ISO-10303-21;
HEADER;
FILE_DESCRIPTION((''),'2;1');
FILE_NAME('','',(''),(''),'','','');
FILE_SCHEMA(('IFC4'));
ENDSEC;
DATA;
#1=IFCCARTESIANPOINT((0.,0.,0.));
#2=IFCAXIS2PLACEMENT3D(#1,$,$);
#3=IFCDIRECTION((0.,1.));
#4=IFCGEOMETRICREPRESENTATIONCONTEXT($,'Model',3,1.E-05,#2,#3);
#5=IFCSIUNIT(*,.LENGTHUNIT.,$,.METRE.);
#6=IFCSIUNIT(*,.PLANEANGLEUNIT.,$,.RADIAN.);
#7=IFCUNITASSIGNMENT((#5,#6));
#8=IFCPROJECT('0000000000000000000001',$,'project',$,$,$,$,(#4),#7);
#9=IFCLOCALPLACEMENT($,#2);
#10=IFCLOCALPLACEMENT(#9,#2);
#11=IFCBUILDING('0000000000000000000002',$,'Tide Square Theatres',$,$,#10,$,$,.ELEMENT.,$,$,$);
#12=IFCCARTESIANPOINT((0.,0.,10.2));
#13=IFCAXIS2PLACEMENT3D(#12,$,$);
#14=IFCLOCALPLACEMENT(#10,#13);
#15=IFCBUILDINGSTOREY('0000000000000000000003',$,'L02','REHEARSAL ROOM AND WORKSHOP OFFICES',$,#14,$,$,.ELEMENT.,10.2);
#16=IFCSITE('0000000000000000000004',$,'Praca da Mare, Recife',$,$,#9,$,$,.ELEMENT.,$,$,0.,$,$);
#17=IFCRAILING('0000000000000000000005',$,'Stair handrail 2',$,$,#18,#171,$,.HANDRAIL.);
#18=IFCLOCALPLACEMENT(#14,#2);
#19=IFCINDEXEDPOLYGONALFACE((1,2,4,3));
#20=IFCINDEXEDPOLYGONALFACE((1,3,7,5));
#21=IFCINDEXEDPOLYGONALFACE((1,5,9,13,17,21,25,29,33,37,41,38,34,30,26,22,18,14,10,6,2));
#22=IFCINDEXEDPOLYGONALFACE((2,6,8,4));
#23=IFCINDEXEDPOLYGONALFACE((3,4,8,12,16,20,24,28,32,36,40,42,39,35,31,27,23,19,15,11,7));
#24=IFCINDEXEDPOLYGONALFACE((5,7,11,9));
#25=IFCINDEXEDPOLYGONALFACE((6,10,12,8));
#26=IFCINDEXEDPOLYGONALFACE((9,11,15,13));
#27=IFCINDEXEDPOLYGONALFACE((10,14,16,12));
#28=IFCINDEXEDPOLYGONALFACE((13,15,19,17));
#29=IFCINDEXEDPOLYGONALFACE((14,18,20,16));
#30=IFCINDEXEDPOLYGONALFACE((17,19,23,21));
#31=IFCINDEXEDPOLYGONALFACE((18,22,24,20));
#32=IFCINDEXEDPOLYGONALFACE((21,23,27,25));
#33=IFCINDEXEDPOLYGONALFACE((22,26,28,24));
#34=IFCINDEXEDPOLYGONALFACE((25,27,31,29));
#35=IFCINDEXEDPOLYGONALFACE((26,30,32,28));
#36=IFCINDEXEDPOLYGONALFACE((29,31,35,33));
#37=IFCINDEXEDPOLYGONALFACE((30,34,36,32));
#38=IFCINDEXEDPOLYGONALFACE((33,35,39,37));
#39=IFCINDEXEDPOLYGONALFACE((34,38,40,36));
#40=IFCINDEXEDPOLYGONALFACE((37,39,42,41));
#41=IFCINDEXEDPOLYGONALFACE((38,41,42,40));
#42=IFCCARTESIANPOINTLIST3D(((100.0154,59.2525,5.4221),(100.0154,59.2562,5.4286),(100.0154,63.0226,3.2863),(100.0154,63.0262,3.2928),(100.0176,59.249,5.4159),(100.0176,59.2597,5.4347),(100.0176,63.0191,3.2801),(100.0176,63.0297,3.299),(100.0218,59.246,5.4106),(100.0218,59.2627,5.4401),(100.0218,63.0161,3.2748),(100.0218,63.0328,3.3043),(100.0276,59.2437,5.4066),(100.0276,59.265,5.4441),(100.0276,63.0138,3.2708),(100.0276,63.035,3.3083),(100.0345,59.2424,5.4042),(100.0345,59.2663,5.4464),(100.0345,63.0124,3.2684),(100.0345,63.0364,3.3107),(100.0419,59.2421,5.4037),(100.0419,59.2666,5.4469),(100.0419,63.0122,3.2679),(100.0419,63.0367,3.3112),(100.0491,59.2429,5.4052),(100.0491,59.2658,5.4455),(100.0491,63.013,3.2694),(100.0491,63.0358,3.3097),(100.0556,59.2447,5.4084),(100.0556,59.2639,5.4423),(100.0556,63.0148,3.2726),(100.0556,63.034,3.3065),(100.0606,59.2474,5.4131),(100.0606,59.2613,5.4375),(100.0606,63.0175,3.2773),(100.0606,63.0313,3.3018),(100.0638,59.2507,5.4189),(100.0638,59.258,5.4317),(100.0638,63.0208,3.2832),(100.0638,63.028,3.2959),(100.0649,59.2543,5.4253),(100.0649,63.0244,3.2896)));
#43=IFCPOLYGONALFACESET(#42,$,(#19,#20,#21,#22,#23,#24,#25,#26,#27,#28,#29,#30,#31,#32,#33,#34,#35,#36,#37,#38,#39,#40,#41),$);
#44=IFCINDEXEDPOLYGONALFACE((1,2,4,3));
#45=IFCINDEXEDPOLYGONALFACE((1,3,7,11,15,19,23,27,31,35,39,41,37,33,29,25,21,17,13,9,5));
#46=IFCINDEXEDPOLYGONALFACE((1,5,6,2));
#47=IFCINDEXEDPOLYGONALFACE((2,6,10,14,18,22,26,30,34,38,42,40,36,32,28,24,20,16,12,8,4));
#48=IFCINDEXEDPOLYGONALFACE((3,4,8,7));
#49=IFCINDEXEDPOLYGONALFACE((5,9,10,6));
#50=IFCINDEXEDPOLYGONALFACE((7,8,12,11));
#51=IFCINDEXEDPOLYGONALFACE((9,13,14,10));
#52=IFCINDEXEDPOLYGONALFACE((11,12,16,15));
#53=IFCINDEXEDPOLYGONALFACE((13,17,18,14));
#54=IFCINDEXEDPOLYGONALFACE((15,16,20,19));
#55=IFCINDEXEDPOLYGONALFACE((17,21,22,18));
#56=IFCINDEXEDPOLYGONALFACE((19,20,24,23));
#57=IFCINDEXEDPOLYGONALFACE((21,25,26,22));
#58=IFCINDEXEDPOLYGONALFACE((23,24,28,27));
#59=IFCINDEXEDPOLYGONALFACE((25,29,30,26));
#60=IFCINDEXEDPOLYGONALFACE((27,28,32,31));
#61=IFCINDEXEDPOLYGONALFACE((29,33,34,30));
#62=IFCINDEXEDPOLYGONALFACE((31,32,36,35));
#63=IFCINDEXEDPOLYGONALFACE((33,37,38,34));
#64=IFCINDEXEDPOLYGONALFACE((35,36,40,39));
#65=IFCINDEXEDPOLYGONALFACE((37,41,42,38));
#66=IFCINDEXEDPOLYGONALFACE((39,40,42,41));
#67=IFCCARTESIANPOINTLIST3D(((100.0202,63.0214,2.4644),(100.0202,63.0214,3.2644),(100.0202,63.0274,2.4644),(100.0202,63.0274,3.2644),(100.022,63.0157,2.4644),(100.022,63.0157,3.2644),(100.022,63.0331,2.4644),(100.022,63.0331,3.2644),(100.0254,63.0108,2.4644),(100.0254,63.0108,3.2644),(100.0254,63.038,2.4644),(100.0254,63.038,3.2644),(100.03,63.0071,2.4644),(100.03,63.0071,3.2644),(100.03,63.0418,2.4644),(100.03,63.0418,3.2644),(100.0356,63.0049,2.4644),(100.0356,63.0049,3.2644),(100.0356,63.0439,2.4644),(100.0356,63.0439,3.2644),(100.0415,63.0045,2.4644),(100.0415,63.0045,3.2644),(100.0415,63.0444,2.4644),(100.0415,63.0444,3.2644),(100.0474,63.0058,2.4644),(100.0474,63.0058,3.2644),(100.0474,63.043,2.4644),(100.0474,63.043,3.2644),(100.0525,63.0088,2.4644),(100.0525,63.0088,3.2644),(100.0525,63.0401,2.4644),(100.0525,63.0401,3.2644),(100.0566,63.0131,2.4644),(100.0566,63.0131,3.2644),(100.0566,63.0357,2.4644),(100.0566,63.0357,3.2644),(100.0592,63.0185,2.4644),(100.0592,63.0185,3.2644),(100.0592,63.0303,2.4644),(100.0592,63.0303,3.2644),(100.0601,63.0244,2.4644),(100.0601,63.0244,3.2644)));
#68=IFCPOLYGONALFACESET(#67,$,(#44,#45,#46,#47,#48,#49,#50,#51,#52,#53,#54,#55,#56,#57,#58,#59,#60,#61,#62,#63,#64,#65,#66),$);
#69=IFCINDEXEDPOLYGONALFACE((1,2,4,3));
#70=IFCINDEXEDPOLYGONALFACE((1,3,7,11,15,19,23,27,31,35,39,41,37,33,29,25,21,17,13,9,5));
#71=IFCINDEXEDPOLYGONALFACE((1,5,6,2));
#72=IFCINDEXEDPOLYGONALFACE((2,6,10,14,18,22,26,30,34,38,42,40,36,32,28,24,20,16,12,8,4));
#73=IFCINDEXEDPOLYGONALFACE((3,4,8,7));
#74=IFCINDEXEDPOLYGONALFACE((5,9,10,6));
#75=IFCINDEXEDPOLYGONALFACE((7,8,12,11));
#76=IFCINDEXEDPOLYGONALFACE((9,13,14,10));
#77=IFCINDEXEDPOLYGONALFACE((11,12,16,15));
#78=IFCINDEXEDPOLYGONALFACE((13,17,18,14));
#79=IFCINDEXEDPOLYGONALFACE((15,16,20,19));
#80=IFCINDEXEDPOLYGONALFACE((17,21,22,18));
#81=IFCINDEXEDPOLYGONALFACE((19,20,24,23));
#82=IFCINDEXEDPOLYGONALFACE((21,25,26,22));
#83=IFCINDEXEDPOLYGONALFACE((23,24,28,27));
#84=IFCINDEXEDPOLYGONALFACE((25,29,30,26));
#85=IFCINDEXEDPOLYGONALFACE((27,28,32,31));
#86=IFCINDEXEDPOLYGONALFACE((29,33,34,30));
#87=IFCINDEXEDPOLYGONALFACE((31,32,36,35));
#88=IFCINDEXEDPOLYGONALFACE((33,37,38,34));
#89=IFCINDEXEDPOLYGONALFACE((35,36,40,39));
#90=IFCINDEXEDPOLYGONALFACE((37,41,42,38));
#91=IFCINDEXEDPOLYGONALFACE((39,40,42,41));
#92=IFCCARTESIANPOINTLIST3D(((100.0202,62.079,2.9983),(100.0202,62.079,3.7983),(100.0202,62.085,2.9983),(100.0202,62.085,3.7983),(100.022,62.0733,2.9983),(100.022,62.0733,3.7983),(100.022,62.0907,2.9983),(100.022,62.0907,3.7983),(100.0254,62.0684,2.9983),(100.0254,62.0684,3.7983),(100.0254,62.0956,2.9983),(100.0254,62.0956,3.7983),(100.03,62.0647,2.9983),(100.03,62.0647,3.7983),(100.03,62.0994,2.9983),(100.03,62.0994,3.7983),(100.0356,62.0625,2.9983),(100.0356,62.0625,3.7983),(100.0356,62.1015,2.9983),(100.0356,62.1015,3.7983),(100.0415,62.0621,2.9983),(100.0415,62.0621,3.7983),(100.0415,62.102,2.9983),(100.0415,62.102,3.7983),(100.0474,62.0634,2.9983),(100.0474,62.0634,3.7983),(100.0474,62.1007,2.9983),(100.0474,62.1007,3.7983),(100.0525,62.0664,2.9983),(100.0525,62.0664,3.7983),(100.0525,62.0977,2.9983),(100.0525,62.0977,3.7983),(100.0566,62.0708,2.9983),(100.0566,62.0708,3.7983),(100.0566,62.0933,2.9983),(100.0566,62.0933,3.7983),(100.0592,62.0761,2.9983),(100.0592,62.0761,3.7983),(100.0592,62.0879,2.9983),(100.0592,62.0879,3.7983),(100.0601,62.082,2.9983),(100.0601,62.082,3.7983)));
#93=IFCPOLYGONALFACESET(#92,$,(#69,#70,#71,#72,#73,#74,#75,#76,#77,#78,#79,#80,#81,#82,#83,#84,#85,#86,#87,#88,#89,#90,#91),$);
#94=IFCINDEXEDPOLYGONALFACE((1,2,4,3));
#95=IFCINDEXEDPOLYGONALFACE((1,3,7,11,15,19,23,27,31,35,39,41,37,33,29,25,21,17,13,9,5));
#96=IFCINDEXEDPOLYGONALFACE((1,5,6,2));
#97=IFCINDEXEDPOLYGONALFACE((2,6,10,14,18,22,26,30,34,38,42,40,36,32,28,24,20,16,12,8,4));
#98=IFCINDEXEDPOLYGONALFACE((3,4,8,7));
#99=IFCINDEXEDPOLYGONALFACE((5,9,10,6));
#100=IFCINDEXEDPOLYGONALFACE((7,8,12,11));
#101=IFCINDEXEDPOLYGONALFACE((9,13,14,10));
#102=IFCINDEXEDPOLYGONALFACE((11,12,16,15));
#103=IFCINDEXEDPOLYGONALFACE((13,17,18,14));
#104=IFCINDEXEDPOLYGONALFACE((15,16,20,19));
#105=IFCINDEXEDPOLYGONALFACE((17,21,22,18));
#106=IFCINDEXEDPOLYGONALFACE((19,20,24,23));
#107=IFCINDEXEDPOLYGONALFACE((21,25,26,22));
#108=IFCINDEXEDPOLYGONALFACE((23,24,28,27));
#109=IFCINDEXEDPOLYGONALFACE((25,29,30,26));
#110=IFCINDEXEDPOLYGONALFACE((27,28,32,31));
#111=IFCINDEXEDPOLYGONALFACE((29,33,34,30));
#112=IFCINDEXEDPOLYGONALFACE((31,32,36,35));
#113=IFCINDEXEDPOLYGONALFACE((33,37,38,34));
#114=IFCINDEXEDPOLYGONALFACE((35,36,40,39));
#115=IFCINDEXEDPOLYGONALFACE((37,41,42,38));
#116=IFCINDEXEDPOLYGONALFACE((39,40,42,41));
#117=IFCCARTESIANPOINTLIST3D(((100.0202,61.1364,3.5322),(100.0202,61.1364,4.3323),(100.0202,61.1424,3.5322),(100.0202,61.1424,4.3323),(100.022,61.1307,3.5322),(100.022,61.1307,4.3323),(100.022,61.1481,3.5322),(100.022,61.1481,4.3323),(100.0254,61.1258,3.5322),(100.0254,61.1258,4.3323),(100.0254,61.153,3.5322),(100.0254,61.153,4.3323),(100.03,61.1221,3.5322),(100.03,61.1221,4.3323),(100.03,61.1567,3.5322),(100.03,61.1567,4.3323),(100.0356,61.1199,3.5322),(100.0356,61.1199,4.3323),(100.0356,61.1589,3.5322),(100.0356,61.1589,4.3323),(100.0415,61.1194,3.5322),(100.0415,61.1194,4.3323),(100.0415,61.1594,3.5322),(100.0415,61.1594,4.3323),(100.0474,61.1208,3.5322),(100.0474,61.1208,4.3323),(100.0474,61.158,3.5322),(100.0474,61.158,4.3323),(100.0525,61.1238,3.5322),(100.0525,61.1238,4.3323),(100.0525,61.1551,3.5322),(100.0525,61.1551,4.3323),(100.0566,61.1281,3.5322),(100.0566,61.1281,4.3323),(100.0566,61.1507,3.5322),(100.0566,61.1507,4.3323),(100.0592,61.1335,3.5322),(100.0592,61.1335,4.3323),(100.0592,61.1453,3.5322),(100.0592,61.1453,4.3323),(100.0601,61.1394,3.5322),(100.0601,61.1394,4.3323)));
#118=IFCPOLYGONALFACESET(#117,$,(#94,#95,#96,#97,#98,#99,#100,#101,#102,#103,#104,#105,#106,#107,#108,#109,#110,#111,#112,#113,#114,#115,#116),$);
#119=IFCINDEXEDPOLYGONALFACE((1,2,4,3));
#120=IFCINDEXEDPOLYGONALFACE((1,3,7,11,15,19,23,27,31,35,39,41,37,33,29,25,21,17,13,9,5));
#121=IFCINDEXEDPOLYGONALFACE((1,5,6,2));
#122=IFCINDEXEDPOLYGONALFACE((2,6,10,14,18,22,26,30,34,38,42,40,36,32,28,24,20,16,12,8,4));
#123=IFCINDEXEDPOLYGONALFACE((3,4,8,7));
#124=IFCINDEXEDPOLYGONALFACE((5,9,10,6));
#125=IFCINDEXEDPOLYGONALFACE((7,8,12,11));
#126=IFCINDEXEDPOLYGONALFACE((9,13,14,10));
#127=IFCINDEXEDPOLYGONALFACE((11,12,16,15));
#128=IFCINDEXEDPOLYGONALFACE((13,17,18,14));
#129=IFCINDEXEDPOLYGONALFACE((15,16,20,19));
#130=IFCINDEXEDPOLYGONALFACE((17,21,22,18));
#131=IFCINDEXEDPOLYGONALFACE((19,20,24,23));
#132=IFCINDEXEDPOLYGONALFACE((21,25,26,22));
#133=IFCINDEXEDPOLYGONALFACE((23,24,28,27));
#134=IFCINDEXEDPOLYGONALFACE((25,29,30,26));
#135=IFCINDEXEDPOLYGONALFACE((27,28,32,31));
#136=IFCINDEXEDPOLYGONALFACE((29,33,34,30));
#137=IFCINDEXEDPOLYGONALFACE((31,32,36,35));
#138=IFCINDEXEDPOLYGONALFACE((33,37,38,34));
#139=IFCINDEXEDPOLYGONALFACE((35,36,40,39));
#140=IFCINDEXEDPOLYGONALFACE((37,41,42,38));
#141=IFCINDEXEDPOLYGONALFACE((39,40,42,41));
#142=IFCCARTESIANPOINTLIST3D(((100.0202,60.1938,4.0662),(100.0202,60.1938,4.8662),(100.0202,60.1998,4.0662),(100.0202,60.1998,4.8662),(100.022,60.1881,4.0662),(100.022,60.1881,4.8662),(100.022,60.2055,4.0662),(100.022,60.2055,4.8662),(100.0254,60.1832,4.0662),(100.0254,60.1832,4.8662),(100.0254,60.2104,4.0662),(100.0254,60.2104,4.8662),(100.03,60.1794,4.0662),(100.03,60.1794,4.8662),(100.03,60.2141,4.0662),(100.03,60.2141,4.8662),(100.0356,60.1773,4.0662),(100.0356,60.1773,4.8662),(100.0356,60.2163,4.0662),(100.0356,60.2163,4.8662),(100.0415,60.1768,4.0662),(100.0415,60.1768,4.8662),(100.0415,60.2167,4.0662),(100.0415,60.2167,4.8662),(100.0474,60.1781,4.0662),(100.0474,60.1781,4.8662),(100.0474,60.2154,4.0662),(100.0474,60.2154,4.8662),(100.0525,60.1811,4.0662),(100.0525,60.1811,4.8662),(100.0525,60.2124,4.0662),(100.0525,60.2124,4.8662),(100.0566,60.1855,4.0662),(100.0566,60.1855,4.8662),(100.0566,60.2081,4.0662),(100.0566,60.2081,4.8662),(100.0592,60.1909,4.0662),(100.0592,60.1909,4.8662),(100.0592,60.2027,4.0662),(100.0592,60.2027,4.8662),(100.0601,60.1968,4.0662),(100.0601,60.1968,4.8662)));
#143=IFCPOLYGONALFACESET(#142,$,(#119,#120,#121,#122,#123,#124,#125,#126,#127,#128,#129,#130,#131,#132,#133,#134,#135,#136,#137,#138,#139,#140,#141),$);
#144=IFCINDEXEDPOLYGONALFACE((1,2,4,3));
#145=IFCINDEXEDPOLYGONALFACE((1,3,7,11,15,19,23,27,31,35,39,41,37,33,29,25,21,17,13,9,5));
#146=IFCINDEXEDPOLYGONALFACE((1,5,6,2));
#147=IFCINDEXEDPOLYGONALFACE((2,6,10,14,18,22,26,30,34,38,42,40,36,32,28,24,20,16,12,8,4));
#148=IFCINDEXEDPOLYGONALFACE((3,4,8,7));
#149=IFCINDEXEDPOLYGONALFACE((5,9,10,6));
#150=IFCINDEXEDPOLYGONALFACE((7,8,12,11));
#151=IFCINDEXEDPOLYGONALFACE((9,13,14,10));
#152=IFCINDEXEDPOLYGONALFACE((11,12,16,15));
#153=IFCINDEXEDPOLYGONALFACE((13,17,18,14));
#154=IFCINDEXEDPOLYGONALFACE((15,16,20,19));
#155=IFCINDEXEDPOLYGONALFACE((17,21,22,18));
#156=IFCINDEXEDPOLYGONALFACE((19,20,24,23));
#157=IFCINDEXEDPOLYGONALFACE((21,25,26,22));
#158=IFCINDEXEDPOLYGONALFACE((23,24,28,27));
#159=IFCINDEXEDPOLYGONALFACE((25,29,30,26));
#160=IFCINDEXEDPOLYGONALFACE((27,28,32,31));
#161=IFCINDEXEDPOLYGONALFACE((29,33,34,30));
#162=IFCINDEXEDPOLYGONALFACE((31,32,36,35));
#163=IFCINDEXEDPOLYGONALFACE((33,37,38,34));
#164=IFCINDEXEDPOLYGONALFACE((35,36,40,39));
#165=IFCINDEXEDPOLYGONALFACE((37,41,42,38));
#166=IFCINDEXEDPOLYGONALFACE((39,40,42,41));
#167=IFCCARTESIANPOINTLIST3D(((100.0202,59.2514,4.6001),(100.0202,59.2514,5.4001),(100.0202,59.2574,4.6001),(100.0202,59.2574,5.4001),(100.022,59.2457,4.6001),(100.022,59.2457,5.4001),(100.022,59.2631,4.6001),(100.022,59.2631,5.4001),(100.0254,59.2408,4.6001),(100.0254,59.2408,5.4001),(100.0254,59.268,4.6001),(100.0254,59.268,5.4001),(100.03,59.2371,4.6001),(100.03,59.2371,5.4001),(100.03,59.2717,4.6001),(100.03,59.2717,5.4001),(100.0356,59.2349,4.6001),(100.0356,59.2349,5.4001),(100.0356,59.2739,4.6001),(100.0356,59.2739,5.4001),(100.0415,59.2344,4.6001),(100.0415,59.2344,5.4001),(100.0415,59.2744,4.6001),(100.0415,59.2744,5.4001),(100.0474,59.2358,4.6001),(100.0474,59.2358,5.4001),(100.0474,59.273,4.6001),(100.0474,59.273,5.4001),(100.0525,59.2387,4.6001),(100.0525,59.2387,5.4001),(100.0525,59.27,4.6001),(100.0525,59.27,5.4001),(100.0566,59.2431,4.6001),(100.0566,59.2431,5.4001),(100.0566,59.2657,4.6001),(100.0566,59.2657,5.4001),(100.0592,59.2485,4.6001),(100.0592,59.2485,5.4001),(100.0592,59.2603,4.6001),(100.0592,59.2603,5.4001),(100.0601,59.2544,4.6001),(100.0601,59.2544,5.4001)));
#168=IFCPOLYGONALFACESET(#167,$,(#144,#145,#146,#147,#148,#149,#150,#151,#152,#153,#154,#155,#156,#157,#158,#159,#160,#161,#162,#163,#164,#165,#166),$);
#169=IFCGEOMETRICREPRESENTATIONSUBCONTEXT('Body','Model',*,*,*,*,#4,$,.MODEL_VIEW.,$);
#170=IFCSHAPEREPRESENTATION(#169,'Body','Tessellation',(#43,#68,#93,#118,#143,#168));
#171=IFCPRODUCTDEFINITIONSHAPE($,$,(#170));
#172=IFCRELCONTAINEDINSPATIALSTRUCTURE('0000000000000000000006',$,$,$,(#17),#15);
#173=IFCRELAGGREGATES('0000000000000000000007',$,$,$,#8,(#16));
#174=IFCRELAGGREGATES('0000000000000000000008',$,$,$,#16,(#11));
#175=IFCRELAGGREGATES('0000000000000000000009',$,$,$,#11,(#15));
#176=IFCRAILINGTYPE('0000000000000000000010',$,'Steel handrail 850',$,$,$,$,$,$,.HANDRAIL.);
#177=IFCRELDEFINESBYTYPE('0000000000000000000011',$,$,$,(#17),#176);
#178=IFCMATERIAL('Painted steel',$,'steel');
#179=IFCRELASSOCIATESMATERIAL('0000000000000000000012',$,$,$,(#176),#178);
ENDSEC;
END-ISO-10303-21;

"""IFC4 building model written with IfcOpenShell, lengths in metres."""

from ifc_helpers import new_model, si_unit, direction, frame, origin, origin_2d, place, context, subcontext, project, spatial, circle, extrude, material, type_object, element, save


model = new_model("IFC4")

# Units and contexts
model_context = context("Model", 3, precision=1e-05, world=origin(), true_north=direction((0.0, 1.0)))
body_context = subcontext(model_context, "Body", "Model", "MODEL_VIEW")
ifc_project = project(units=[si_unit("LENGTHUNIT", "METRE"), si_unit("PLANEANGLEUNIT", "RADIAN")], contexts=[model_context])

# Site, building, storey
site_placement = place(None, origin())
site = spatial("IfcSite", under=ifc_project, at=site_placement, Name="Praca da Mare, Recife", CompositionType="ELEMENT", RefElevation=0.0)
building_placement = place(site_placement, origin())
building = spatial("IfcBuilding", under=site, at=building_placement, Name="Tide Square Theatres", CompositionType="ELEMENT")
storey_placement = place(building_placement, frame((0.0, 0.0, 10.2)))
storey = spatial("IfcBuildingStorey", under=building, at=storey_placement, Name="L02", Description="REHEARSAL ROOM AND WORKSHOP OFFICES", CompositionType="ELEMENT", Elevation=10.2)

# Railing
ifc_material_1 = material(Name="Painted steel", Category="steel")
railing_type = type_object("IfcRailingType", Name="Steel handrail 850", PredefinedType="HANDRAIL", material=ifc_material_1)
for number, where, name in (
    (1, (100.04, 63.0244, 2.4644), "Stair handrail 2"),
):
    element("IfcRailing", number, at=place(storey_placement, frame(where)), inside=storey, type_object=railing_type, Name=name, PredefinedType="HANDRAIL", context=body_context, shape_type="SweptSolid", body=[
        extrude(circle(Radius=0.0249, at=origin_2d()), frame((0.0, 0.0, 0.8252), z_axis=(0.0, -0.870082, 0.492907), x_axis=(1.0, 0.0, 0.0)), (0.0, 0.0, 1.0), 4.333),
        extrude(circle(Radius=0.02, at=origin_2d()), origin(), (0.0, 0.0, 1.0), 0.8),
        extrude(circle(Radius=0.02, at=origin_2d()), frame((0.0, -0.9424, 0.5339)), (0.0, 0.0, 1.0), 0.8),
        extrude(circle(Radius=0.02, at=origin_2d()), frame((0.0, -1.885, 1.0679)), (0.0, 0.0, 1.0), 0.8),
        extrude(circle(Radius=0.02, at=origin_2d()), frame((0.0, -2.8276, 1.6018)), (0.0, 0.0, 1.0), 0.8),
        extrude(circle(Radius=0.02, at=origin_2d()), frame((0.0, -3.77, 2.1357)), (0.0, 0.0, 1.0), 0.8),
    ])

save(model, "model.ifc")
